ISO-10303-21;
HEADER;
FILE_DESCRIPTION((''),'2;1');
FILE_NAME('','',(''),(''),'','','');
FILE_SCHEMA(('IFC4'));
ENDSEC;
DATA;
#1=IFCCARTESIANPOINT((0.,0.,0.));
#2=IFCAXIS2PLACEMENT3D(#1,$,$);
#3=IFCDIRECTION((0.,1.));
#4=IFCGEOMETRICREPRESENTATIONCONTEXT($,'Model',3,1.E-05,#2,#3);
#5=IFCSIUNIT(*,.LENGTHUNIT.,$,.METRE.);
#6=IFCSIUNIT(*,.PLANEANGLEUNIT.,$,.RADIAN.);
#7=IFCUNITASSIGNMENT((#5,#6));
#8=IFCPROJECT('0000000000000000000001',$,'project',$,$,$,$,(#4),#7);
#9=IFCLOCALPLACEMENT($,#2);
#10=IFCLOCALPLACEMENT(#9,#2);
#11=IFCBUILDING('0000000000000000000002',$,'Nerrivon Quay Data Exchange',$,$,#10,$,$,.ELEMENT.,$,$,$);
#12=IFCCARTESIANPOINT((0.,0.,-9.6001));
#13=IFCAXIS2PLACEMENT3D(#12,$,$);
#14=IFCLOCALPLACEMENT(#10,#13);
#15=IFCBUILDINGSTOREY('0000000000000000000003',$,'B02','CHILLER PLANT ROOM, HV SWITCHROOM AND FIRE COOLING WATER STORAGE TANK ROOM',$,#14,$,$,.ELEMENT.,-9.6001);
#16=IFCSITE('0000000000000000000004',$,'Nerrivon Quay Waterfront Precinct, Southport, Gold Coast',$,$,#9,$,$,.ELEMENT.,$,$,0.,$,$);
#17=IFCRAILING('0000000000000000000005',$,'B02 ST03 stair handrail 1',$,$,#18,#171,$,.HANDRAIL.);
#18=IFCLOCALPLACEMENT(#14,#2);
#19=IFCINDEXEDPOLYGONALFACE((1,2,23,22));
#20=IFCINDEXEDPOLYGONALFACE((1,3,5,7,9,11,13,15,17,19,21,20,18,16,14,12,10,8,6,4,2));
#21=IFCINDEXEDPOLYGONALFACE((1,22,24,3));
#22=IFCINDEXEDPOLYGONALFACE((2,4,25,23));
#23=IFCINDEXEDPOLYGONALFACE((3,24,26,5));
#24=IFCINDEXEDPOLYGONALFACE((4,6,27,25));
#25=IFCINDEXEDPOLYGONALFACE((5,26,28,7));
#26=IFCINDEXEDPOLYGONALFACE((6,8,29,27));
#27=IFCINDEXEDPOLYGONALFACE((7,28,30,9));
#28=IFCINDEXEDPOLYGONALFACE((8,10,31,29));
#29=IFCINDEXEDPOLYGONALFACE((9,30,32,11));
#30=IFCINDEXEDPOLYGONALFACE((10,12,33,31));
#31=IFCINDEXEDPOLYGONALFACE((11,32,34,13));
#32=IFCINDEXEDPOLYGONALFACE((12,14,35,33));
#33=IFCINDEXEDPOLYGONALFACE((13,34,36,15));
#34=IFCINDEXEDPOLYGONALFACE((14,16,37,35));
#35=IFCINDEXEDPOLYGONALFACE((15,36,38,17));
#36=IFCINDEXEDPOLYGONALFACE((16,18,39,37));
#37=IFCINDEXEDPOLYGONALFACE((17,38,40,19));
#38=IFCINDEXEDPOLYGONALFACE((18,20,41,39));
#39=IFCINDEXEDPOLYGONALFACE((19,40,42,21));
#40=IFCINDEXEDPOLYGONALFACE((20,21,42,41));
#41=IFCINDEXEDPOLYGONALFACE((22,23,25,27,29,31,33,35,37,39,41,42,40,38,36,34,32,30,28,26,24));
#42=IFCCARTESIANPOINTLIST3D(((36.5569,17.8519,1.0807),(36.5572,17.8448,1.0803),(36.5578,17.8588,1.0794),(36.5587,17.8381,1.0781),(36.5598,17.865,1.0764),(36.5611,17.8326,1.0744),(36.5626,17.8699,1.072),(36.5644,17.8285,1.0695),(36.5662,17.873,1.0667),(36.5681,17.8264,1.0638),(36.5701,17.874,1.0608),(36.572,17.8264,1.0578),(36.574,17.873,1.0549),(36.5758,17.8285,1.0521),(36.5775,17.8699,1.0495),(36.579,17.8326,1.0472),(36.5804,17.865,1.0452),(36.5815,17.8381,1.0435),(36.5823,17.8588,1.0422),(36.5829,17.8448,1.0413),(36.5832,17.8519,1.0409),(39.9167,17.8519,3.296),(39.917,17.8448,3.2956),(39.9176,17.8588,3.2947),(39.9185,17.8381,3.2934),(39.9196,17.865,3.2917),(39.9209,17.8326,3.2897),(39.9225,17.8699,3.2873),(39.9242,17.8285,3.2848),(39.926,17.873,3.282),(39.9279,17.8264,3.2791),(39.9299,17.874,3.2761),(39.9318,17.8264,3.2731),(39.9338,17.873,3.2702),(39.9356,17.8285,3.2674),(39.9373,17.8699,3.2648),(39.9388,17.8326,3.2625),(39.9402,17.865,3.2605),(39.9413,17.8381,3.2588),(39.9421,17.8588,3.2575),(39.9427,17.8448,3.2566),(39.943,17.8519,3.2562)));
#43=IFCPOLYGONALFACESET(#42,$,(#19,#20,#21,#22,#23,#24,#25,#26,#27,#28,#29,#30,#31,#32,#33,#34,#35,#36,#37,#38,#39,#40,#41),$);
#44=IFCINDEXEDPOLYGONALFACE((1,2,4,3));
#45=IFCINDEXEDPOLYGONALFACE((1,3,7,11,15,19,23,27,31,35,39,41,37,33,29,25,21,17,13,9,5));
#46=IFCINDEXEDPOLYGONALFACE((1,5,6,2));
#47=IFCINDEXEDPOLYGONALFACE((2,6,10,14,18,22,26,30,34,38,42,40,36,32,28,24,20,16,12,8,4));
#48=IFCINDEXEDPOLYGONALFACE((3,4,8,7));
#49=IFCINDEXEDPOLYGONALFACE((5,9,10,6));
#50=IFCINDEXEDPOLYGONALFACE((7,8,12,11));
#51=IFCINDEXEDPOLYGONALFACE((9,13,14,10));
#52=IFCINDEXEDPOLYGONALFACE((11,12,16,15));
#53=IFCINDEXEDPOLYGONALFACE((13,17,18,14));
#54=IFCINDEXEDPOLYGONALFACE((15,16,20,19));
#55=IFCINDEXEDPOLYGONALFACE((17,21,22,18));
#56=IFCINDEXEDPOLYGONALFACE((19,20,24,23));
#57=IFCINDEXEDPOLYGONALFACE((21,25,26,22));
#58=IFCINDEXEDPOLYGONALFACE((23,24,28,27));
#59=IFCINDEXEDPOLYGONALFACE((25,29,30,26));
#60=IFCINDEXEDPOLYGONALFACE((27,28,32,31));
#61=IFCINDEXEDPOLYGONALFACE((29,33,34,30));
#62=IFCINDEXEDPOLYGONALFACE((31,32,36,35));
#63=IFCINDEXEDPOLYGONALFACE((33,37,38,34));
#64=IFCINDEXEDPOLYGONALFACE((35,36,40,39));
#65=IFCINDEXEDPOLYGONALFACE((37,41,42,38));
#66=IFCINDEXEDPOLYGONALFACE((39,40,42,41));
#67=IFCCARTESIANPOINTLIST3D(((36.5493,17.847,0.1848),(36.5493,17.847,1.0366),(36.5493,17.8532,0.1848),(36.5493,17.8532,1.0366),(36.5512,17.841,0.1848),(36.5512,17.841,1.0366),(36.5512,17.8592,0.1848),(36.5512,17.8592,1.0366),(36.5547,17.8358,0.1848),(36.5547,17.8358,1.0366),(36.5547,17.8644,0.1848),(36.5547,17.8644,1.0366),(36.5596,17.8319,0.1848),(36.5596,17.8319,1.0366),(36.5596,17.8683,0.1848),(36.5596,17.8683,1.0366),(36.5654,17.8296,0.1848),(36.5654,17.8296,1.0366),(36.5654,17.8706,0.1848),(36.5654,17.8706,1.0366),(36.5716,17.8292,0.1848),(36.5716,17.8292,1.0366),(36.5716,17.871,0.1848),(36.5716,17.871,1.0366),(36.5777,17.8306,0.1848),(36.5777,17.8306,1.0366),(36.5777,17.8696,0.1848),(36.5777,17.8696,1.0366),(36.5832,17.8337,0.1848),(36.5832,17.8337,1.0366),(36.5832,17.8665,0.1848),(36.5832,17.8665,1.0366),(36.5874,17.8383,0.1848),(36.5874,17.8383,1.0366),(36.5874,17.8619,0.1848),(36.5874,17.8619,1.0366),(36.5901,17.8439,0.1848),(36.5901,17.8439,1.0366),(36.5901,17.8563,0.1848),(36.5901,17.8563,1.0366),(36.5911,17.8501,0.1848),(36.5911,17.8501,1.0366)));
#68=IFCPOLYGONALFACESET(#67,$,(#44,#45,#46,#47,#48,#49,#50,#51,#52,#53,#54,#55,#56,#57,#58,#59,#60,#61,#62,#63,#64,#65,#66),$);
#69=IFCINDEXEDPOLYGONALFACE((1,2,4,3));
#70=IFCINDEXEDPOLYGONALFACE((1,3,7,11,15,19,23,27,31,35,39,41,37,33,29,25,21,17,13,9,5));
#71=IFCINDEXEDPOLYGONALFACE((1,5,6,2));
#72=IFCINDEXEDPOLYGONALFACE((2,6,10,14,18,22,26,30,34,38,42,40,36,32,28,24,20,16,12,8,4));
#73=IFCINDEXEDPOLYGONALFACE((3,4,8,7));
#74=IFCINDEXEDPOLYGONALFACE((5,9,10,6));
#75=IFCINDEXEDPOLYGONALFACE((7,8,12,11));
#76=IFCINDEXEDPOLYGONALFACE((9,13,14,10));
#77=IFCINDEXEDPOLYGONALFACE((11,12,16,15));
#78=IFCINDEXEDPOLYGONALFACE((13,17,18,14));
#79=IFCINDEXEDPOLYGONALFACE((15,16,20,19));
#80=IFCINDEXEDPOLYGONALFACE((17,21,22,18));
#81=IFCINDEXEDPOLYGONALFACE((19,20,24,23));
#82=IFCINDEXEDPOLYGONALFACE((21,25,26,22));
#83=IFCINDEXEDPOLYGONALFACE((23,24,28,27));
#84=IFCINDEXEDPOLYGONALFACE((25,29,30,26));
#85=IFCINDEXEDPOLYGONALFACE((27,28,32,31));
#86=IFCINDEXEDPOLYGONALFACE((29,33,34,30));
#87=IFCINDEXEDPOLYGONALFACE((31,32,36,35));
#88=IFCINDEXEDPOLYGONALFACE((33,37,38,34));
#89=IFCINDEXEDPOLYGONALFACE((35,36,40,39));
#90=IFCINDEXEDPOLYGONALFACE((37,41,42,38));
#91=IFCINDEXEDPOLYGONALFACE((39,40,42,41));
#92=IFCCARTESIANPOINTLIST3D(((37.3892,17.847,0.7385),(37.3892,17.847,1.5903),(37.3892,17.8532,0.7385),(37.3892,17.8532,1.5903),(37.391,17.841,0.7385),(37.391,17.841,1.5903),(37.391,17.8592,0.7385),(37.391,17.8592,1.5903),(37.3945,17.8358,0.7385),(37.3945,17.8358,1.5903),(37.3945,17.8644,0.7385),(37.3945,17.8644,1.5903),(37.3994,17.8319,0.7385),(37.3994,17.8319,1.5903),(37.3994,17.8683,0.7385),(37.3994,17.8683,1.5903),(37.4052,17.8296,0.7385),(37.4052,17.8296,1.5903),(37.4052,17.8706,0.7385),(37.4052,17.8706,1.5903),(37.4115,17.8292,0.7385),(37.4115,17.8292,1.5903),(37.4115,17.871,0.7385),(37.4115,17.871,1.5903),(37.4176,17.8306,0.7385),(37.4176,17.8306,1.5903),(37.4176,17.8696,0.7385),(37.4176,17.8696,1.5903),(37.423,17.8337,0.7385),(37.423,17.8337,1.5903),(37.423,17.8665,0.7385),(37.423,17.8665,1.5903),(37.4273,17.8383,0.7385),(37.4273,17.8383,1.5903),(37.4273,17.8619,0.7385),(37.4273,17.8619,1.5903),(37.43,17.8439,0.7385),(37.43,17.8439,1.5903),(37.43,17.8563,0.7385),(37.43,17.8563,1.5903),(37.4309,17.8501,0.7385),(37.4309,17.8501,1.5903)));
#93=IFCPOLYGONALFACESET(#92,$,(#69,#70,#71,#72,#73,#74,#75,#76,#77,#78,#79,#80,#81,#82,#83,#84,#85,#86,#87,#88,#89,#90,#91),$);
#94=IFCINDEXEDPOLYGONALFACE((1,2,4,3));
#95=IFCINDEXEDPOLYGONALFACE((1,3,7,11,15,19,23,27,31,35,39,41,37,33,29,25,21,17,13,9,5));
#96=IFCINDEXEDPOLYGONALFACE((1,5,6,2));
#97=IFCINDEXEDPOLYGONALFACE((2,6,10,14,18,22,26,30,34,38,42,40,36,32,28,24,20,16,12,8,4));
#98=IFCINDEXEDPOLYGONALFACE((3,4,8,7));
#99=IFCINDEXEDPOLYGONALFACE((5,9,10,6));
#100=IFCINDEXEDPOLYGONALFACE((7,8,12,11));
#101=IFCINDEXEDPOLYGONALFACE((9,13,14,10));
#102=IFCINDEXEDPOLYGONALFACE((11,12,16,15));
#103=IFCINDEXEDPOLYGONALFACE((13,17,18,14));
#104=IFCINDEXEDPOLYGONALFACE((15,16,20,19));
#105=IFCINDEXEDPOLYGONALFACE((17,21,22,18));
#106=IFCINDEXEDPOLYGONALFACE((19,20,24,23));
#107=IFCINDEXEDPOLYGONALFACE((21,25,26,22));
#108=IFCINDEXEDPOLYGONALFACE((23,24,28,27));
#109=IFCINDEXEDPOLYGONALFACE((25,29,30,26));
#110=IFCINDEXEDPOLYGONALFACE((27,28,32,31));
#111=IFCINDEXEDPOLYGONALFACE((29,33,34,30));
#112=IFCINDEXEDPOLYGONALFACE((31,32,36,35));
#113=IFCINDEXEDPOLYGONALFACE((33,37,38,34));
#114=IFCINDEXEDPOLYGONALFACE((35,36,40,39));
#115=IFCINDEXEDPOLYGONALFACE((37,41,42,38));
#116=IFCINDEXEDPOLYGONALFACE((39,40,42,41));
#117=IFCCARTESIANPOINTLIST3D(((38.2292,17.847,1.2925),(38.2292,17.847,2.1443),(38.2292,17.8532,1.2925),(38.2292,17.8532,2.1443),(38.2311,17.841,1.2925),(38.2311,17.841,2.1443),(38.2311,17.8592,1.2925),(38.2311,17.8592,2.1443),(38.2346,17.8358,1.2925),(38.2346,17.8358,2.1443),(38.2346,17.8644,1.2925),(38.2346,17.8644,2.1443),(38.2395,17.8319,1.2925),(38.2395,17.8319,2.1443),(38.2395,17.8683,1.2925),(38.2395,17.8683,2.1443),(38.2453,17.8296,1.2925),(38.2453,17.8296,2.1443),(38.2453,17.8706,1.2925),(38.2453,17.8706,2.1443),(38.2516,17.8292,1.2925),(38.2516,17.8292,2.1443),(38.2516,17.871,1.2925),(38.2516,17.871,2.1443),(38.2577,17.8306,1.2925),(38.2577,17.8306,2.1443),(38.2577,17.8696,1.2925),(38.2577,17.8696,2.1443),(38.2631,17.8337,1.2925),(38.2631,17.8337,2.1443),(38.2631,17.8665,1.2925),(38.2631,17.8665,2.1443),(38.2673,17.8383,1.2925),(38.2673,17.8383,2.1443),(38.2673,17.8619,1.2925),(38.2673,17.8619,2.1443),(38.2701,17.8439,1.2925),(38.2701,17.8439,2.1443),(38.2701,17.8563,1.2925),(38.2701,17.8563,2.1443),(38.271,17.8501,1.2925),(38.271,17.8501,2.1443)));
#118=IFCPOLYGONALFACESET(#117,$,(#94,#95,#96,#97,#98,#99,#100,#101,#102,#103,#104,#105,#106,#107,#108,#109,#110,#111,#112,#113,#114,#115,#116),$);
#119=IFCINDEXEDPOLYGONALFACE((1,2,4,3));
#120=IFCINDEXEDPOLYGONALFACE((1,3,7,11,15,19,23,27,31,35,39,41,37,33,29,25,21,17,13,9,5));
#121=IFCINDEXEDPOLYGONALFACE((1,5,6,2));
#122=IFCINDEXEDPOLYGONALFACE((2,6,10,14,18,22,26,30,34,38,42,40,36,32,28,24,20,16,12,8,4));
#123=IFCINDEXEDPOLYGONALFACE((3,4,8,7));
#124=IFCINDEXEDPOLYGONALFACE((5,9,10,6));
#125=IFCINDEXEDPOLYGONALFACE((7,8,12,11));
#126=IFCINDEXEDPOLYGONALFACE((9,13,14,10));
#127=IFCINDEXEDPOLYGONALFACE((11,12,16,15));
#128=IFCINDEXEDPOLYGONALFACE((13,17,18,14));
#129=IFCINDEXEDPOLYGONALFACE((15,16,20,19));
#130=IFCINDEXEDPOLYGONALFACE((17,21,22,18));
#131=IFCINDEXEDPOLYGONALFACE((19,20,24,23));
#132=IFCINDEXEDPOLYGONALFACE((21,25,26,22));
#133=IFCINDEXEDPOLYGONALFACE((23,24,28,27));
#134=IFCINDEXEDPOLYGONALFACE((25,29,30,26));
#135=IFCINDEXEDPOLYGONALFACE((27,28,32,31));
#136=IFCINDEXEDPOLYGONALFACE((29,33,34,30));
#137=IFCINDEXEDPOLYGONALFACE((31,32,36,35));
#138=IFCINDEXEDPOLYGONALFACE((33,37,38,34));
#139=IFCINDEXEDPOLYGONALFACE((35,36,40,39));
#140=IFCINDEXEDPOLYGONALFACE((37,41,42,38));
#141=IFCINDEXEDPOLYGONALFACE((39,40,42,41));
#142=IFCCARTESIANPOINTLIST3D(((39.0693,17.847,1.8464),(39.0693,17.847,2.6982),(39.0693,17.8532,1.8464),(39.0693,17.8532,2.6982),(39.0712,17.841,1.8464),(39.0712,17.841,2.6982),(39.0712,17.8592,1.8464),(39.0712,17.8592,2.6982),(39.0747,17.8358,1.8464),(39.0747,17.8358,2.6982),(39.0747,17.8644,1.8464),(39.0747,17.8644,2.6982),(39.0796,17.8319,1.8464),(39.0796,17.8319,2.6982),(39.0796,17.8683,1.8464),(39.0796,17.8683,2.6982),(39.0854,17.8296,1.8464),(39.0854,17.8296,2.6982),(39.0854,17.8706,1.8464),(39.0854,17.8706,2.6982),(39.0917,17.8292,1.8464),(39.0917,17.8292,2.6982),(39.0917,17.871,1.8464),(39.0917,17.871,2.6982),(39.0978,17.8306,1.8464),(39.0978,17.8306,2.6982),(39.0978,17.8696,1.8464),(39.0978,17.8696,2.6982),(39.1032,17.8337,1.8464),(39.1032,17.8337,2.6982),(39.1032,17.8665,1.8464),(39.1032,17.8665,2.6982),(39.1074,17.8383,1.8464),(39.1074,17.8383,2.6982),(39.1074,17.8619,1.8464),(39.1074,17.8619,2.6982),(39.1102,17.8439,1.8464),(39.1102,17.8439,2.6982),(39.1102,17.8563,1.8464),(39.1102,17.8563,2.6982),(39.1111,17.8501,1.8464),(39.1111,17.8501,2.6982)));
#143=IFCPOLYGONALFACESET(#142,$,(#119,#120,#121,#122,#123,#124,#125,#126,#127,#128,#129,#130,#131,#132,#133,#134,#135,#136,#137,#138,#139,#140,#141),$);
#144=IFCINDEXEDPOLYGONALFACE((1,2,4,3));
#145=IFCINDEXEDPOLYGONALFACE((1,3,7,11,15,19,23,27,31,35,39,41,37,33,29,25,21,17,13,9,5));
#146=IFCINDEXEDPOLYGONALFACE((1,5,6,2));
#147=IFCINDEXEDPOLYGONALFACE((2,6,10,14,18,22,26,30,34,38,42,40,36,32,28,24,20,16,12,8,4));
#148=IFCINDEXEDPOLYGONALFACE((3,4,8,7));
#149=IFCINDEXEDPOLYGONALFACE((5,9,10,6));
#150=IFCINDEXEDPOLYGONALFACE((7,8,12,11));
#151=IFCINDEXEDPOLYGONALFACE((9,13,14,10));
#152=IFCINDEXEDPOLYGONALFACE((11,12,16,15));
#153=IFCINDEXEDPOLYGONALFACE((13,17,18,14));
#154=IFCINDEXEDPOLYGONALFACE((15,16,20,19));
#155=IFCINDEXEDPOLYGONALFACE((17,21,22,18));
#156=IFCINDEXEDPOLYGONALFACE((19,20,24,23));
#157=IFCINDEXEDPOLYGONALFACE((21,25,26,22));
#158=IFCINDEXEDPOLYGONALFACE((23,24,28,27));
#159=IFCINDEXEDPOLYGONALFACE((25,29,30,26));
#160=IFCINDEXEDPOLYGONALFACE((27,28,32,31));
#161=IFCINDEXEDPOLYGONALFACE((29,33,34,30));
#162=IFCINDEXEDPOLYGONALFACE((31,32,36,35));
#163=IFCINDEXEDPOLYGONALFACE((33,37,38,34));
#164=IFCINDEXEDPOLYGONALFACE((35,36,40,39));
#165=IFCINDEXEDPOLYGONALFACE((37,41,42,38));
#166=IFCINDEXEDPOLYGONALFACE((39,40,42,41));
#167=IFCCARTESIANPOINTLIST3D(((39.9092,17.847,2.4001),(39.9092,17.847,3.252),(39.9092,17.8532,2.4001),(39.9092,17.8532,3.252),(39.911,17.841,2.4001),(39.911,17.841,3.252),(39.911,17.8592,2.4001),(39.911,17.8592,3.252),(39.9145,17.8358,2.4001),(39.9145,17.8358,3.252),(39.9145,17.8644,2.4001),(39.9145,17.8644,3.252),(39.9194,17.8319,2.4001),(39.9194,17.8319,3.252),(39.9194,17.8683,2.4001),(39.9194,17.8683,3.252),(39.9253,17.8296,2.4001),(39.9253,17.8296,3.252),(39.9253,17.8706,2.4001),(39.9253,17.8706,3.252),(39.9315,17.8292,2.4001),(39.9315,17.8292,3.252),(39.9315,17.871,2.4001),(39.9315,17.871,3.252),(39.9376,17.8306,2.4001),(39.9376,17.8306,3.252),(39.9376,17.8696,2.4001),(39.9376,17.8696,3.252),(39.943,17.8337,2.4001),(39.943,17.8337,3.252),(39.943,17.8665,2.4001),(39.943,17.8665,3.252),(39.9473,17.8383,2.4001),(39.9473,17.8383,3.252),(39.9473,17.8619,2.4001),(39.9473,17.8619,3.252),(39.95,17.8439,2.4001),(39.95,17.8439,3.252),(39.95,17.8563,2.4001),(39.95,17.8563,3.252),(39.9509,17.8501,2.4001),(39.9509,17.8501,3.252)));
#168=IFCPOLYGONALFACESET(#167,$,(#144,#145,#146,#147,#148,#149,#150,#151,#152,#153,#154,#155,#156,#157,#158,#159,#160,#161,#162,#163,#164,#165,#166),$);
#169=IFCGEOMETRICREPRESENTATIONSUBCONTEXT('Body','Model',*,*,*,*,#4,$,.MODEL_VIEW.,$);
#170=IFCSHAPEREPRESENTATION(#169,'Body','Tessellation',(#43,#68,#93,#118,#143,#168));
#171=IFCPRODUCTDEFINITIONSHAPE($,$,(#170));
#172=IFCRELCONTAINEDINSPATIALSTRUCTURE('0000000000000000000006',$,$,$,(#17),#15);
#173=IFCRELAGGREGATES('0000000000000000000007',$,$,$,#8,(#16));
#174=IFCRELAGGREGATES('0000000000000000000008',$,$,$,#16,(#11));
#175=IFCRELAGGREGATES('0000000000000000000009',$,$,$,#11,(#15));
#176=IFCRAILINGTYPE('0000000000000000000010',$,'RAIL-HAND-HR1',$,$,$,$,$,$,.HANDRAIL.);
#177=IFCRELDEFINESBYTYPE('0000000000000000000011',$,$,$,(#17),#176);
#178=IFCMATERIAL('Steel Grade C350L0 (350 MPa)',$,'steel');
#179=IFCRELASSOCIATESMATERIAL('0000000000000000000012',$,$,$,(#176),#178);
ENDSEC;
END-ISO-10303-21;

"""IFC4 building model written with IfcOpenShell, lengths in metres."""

from ifc_helpers import new_model, si_unit, direction, frame, origin, origin_2d, place, context, subcontext, project, spatial, circle, extrude, material, type_object, element, save


model = new_model("IFC4")

# Units and contexts
model_context = context("Model", 3, precision=1e-05, world=origin(), true_north=direction((0.0, 1.0)))
body_context = subcontext(model_context, "Body", "Model", "MODEL_VIEW")
ifc_project = project(units=[si_unit("LENGTHUNIT", "METRE"), si_unit("PLANEANGLEUNIT", "RADIAN")], contexts=[model_context])

# Site, building, storey
site_placement = place(None, origin())
site = spatial("IfcSite", under=ifc_project, at=site_placement, Name="Nerrivon Quay Waterfront Precinct, Southport, Gold Coast", CompositionType="ELEMENT", RefElevation=0.0)
building_placement = place(site_placement, origin())
building = spatial("IfcBuilding", under=site, at=building_placement, Name="Nerrivon Quay Data Exchange", CompositionType="ELEMENT")
storey_placement = place(building_placement, frame((0.0, 0.0, -9.6001)))
storey = spatial("IfcBuildingStorey", under=building, at=storey_placement, Name="B02", Description="CHILLER PLANT ROOM, HV SWITCHROOM AND FIRE COOLING WATER STORAGE TANK ROOM", CompositionType="ELEMENT", Elevation=-9.6001)

# Railing
ifc_material_1 = material(Name="Steel Grade C350L0 (350 MPa)", Category="steel")
railing_type_1 = type_object("IfcRailingType", Name="RAIL-HAND-HR1", PredefinedType="HANDRAIL", material=ifc_material_1)
railing_1_placement = place(storey_placement, frame((36.5701, 17.8501, 0.1848)))
element("IfcRailing", 1, at=railing_1_placement, inside=storey, type_object=railing_type_1, Name="B02 ST03 stair handrail 1", PredefinedType="HANDRAIL", context=body_context, shape_type="SweptSolid", body=[
    extrude(circle(Radius=0.0239, at=origin_2d()), frame((0.0, 0.0, 0.876), z_axis=(0.834858, 0.0, 0.550465), x_axis=(0.0, 1.0, 0.0)), (0.0, 0.0, 1.0), 4.0244),
    extrude(circle(Radius=0.021, at=origin_2d()), origin(), (0.0, 0.0, 1.0), 0.8518),
    extrude(circle(Radius=0.021, at=origin_2d()), frame((0.8398, 0.0, 0.5537)), (0.0, 0.0, 1.0), 0.8518),
    extrude(circle(Radius=0.021, at=origin_2d()), frame((1.6799, 0.0, 1.1077)), (0.0, 0.0, 1.0), 0.8518),
    extrude(circle(Radius=0.021, at=origin_2d()), frame((2.52, 0.0, 1.6616)), (0.0, 0.0, 1.0), 0.8518),
    extrude(circle(Radius=0.021, at=origin_2d()), frame((3.3599, 0.0, 2.2153)), (0.0, 0.0, 1.0), 0.8518),
])

save(model, "model.ifc")
